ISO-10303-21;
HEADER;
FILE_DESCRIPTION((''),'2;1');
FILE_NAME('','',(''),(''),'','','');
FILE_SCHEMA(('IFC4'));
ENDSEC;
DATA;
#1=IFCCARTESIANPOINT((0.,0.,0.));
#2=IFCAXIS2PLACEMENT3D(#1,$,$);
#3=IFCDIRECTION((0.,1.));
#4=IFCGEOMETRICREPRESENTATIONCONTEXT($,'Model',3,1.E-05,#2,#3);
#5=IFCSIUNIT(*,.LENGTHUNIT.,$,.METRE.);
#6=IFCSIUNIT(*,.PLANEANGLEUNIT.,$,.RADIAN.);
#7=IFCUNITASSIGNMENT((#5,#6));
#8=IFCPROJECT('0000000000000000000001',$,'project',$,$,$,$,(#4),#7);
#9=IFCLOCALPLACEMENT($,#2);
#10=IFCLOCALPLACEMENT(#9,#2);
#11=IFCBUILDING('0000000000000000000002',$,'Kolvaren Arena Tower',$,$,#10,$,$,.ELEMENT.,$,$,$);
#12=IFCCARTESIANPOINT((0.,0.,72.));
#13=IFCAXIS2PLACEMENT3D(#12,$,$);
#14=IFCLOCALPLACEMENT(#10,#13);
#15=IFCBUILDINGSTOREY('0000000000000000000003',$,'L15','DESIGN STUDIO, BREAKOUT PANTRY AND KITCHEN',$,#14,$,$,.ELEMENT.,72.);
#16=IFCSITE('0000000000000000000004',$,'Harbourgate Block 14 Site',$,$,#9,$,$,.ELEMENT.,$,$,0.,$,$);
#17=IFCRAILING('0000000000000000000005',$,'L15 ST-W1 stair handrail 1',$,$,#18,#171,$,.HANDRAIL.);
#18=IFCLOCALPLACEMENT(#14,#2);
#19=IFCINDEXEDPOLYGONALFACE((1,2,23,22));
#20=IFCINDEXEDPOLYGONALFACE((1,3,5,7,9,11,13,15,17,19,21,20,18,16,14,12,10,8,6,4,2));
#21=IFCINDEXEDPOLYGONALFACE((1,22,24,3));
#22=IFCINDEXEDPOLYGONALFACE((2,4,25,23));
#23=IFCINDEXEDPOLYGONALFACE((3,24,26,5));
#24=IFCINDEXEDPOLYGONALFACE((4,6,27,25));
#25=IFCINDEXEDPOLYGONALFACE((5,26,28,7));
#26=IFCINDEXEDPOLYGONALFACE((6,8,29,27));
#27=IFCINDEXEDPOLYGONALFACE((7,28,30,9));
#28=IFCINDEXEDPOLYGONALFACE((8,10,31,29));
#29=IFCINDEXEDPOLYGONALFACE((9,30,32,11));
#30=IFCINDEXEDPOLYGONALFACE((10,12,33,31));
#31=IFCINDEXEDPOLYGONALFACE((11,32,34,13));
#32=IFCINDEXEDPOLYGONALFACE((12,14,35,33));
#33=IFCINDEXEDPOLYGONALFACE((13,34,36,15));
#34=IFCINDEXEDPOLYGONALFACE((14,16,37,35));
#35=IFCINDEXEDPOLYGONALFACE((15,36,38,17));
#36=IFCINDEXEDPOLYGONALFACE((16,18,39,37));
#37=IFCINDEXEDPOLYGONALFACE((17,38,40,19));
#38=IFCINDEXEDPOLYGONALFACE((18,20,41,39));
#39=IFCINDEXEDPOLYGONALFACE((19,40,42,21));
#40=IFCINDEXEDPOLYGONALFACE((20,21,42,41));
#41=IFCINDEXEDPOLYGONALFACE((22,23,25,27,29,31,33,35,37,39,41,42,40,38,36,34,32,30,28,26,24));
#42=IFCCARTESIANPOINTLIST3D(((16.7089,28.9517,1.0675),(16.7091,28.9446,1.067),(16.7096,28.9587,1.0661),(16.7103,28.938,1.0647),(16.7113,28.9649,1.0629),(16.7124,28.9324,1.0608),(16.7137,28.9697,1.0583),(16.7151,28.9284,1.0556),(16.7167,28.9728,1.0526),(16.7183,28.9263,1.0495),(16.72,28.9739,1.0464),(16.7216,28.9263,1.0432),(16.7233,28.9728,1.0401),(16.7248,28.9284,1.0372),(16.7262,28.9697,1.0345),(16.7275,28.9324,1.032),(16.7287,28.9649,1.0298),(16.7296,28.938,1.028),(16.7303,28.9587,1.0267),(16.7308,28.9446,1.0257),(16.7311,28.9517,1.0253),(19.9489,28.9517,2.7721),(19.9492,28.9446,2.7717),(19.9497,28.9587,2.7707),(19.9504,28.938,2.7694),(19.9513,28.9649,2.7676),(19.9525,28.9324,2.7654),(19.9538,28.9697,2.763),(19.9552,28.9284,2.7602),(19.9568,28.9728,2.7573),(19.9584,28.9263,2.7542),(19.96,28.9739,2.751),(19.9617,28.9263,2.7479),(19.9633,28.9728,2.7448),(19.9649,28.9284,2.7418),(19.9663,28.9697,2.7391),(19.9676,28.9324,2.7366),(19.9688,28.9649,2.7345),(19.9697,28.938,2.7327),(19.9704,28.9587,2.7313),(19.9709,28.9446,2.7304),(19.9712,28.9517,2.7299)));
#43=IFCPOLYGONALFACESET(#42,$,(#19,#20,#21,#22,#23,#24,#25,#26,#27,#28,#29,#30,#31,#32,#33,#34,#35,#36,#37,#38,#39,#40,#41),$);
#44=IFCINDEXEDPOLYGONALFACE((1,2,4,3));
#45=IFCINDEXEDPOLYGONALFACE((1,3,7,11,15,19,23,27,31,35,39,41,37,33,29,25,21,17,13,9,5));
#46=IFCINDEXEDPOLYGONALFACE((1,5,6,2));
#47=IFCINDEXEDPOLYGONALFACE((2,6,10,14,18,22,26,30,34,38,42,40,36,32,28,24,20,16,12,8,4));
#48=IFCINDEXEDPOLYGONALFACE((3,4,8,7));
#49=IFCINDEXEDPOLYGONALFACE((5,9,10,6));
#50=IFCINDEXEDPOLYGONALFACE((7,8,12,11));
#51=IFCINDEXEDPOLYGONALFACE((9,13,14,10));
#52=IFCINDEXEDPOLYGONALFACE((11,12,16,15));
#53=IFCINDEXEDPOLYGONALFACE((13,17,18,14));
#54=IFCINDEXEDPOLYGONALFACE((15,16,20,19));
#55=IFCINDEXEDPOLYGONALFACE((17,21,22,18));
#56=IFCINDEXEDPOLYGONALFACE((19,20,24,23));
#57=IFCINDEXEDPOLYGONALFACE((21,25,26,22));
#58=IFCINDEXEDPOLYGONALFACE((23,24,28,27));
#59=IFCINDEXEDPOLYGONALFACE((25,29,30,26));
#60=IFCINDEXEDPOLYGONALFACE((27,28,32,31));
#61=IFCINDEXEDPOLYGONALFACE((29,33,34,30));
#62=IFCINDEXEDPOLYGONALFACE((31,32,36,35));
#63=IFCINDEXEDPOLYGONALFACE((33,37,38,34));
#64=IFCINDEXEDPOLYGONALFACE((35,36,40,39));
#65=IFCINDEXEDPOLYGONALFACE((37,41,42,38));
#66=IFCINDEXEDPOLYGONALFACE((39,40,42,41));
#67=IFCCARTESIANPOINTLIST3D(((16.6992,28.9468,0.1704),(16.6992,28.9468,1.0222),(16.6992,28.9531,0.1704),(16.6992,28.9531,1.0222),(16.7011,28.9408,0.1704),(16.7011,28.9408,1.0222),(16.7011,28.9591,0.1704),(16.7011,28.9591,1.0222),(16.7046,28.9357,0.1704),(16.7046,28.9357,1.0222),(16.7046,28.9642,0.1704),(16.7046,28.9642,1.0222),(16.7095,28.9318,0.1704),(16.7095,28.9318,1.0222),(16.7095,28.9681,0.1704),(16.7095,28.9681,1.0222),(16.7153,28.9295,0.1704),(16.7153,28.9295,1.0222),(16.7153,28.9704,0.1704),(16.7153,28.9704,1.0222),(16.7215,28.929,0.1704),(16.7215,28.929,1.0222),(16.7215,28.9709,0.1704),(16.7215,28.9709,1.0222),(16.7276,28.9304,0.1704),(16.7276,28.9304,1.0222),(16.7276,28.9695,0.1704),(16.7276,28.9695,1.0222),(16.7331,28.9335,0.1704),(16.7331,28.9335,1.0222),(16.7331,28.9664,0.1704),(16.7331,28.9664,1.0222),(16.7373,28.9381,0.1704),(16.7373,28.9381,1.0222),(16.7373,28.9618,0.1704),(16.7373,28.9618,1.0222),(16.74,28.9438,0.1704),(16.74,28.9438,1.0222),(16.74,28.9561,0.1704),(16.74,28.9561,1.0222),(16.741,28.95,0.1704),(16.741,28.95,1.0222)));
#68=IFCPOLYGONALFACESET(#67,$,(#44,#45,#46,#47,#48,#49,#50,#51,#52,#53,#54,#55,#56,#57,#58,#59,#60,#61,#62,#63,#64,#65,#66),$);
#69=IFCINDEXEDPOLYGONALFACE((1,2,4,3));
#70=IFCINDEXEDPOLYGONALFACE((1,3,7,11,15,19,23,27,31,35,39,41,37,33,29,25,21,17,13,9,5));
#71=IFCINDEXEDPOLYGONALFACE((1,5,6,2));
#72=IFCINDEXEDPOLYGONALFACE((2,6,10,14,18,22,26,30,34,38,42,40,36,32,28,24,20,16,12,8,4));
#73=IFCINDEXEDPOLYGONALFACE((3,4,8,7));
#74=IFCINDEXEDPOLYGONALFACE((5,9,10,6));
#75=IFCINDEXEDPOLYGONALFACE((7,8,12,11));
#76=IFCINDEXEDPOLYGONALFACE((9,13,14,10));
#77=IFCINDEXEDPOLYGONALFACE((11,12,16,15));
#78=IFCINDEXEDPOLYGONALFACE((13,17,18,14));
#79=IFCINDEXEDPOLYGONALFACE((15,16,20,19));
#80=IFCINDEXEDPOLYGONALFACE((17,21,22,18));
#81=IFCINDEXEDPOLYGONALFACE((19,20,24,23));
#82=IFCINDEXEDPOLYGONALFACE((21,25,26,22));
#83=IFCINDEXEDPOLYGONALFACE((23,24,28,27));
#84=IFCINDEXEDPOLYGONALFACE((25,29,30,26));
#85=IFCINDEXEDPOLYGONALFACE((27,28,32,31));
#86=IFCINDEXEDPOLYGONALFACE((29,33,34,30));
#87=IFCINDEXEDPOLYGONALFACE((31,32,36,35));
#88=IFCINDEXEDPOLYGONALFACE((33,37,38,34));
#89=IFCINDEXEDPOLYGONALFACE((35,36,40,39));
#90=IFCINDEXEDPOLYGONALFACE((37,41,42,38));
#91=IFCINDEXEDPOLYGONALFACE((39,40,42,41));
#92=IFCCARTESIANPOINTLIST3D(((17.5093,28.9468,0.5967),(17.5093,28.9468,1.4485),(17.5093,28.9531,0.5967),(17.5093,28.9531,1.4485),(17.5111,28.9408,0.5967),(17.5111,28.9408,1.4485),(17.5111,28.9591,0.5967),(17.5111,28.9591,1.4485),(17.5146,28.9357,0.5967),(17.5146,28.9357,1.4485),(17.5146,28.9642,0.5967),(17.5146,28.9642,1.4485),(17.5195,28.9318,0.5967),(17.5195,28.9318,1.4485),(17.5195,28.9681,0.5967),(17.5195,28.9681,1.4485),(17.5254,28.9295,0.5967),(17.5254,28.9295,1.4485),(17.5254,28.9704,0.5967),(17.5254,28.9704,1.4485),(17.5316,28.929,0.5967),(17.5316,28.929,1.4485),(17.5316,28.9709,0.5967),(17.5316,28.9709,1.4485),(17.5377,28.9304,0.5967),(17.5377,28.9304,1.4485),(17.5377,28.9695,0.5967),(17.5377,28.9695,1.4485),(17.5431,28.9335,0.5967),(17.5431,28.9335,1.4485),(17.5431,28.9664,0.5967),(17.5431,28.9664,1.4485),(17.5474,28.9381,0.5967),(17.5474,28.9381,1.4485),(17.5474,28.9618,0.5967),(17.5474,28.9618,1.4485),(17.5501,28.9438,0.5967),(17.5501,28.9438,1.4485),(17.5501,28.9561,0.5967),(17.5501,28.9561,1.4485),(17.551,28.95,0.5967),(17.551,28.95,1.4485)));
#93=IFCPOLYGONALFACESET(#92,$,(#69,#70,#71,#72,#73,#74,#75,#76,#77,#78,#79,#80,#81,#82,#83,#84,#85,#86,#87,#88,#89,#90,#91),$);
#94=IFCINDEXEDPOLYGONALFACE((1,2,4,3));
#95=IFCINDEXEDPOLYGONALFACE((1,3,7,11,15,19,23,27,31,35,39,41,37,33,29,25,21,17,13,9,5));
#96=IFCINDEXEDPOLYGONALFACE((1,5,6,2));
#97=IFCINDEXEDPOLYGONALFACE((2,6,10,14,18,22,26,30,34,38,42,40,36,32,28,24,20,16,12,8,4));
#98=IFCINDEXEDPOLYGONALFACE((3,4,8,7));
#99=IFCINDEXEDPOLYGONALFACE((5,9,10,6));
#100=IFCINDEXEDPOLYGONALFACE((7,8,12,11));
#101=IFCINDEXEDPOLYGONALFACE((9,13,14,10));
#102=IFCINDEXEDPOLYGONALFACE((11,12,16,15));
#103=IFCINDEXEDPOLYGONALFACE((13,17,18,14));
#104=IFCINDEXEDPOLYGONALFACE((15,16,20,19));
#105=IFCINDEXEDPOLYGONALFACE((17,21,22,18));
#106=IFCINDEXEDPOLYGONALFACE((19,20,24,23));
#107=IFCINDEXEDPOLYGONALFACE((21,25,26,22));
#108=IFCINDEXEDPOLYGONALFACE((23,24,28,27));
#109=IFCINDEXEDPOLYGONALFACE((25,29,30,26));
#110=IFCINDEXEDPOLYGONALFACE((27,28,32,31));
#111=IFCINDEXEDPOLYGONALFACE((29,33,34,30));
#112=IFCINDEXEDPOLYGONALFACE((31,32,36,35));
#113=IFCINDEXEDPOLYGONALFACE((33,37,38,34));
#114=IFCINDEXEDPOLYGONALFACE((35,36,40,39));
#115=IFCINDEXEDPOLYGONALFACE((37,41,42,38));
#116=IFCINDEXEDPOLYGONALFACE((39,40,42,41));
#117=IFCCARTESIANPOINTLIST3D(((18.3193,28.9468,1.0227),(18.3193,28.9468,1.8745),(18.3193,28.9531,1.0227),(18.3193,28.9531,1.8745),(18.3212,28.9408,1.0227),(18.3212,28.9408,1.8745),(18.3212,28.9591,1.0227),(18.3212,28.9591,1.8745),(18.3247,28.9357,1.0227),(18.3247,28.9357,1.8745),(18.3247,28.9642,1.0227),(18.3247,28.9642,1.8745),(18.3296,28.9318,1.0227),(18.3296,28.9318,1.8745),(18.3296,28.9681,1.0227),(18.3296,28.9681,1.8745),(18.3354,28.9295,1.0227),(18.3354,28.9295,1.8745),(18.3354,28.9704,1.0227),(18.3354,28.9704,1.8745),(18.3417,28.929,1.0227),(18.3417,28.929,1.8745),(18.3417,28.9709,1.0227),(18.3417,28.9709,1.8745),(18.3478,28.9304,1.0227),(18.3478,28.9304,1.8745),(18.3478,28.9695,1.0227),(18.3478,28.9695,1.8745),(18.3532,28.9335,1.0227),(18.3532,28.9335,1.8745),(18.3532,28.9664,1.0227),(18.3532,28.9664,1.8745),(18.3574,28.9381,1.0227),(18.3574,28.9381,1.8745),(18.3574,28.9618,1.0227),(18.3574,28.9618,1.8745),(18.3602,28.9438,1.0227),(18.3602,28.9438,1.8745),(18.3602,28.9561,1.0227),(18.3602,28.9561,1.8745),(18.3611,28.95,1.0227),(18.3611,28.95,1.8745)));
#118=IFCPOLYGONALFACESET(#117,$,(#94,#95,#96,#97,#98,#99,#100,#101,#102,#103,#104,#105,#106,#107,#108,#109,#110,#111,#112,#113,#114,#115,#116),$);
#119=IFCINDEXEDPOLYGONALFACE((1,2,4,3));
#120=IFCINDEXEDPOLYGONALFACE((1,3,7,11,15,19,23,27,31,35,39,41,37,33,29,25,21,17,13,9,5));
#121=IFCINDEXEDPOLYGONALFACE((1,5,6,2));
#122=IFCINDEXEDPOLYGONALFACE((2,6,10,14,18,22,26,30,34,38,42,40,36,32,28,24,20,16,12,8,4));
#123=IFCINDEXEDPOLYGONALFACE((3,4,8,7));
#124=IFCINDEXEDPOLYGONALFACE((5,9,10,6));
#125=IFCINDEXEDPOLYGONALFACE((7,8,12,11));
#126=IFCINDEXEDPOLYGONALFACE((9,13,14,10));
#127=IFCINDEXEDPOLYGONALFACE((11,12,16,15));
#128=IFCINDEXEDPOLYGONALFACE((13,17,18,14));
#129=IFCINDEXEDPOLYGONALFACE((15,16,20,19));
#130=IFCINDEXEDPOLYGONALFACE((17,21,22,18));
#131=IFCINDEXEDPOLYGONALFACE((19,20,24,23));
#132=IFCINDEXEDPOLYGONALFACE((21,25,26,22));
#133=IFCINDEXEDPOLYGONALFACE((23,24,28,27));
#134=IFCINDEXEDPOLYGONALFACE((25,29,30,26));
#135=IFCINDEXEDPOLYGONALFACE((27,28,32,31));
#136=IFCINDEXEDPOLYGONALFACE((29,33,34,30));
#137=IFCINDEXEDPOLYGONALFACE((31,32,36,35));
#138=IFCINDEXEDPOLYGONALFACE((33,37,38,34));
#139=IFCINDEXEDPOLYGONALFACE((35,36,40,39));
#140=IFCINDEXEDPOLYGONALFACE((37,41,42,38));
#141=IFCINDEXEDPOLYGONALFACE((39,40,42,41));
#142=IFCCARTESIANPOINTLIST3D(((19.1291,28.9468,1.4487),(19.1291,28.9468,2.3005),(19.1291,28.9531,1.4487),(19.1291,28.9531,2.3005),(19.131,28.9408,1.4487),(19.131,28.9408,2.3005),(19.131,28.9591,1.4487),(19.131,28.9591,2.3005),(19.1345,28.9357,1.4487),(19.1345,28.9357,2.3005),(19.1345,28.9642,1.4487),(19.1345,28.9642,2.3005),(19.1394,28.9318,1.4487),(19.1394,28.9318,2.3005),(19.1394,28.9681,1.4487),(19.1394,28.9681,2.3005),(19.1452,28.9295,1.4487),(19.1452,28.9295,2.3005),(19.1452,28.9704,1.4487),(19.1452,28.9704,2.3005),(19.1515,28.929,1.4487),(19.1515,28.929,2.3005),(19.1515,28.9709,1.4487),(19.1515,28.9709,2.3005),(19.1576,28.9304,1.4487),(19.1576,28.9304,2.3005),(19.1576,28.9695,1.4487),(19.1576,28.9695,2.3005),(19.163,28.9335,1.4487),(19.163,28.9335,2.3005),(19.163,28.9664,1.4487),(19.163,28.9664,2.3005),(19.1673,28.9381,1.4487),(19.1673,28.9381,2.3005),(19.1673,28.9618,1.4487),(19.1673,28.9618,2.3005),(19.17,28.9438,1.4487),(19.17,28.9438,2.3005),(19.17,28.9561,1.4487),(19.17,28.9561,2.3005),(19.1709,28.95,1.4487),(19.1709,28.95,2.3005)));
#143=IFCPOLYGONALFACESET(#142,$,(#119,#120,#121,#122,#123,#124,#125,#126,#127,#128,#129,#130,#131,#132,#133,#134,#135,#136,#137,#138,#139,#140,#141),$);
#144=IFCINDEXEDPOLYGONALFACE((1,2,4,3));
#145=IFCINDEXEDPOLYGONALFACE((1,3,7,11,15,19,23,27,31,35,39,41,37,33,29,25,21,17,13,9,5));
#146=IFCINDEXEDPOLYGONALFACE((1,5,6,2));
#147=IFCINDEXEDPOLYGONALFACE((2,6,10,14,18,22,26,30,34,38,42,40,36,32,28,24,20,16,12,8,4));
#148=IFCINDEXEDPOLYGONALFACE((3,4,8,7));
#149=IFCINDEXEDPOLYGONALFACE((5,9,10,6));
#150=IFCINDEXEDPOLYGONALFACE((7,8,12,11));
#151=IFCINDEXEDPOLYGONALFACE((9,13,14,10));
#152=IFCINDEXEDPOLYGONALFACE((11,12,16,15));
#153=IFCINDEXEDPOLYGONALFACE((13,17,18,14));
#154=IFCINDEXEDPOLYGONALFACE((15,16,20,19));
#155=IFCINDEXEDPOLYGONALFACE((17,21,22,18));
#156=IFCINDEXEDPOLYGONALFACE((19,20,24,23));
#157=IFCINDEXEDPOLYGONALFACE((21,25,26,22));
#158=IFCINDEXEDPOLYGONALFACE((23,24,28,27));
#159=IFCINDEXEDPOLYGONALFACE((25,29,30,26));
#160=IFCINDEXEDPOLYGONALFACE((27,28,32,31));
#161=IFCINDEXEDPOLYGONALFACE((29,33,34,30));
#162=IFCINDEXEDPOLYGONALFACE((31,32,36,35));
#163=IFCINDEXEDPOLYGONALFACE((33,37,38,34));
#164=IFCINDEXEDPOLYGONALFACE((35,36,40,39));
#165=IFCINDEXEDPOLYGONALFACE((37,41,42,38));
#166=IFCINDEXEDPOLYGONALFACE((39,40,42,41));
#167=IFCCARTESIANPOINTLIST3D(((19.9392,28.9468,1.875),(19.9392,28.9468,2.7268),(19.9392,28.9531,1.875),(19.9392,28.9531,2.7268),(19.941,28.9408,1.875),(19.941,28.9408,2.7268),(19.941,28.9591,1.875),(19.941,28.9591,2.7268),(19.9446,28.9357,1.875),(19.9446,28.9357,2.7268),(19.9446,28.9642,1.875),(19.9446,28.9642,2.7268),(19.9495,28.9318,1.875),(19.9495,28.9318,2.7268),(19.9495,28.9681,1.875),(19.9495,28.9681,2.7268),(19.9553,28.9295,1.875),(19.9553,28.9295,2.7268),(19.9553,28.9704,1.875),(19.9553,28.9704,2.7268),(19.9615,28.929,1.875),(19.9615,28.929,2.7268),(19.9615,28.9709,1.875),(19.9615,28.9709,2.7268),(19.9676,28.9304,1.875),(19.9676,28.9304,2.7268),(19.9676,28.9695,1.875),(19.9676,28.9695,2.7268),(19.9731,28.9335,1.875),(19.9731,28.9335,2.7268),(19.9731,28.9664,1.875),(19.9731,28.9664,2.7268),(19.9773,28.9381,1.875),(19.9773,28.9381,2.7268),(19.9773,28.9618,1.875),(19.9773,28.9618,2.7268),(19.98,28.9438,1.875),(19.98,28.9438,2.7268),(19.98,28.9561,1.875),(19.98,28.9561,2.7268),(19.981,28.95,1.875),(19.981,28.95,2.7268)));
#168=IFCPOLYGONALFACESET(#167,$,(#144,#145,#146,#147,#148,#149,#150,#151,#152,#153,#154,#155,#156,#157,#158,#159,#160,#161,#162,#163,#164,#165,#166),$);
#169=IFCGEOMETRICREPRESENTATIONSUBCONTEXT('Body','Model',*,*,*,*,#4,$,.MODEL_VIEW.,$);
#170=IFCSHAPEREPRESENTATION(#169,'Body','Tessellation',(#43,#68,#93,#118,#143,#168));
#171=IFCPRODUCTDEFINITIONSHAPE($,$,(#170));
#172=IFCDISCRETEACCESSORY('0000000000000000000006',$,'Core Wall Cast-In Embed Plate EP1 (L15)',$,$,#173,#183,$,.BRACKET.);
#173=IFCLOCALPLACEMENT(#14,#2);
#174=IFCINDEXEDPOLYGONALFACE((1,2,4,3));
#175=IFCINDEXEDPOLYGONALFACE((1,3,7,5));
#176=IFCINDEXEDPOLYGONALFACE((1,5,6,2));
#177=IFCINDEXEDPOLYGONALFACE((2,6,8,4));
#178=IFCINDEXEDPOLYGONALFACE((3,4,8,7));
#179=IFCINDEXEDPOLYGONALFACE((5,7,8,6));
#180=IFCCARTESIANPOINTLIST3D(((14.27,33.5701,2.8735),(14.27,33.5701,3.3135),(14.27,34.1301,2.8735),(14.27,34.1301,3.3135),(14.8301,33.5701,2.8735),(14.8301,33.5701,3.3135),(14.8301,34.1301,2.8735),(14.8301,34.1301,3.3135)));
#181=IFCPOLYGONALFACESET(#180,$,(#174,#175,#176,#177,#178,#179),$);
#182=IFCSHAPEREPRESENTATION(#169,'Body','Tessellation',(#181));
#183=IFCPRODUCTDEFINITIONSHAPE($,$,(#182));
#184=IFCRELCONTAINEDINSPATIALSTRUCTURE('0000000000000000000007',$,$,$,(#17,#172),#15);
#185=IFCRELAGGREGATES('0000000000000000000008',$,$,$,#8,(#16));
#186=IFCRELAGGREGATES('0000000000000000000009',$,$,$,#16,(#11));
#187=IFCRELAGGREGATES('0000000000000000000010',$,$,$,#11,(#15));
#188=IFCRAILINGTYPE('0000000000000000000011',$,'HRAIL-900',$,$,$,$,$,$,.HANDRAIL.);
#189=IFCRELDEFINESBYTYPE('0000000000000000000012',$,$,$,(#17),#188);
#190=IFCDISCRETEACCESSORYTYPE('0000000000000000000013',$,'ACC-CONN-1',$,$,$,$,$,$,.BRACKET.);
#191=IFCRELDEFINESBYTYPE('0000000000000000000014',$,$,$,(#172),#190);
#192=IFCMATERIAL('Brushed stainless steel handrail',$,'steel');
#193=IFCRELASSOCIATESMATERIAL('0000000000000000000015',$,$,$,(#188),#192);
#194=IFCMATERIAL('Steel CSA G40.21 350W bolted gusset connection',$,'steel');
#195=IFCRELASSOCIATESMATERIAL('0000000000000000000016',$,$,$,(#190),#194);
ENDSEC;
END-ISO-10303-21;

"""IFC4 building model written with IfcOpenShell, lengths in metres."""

from ifc_helpers import new_model, si_unit, direction, frame, origin, origin_2d, place, context, subcontext, project, spatial, rectangle, circle, extrude, material, type_object, element, save


model = new_model("IFC4")

# Units and contexts
model_context = context("Model", 3, precision=1e-05, world=origin(), true_north=direction((0.0, 1.0)))
body_context = subcontext(model_context, "Body", "Model", "MODEL_VIEW")
ifc_project = project(units=[si_unit("LENGTHUNIT", "METRE"), si_unit("PLANEANGLEUNIT", "RADIAN")], contexts=[model_context])

# Site, building, storey
site_placement = place(None, origin())
site = spatial("IfcSite", under=ifc_project, at=site_placement, Name="Harbourgate Block 14 Site", CompositionType="ELEMENT", RefElevation=0.0)
building_placement = place(site_placement, origin())
building = spatial("IfcBuilding", under=site, at=building_placement, Name="Kolvaren Arena Tower", CompositionType="ELEMENT")
storey_placement = place(building_placement, frame((0.0, 0.0, 72.0)))
storey = spatial("IfcBuildingStorey", under=building, at=storey_placement, Name="L15", Description="DESIGN STUDIO, BREAKOUT PANTRY AND KITCHEN", CompositionType="ELEMENT", Elevation=72.0)

# Railing
ifc_material_1 = material(Name="Brushed stainless steel handrail", Category="steel")
railing_type_1 = type_object("IfcRailingType", Name="HRAIL-900", PredefinedType="HANDRAIL", material=ifc_material_1)
railing_1_placement = place(storey_placement, frame((16.72, 28.95, 0.1704)))
element("IfcRailing", 1, at=railing_1_placement, inside=storey, type_object=railing_type_1, Name="L15 ST-W1 stair handrail 1", PredefinedType="HANDRAIL", context=body_context, shape_type="SweptSolid", body=[
    extrude(circle(Radius=0.0239, at=origin_2d()), frame((0.0, 0.0, 0.876), z_axis=(0.884993, 0.0, 0.465604), x_axis=(0.0, 1.0, 0.0)), (0.0, 0.0, 1.0), 3.6611),
    extrude(circle(Radius=0.021, at=origin_2d()), origin(), (0.0, 0.0, 1.0), 0.8518),
    extrude(circle(Radius=0.021, at=origin_2d()), frame((0.8101, 0.0, 0.4263)), (0.0, 0.0, 1.0), 0.8518),
    extrude(circle(Radius=0.021, at=origin_2d()), frame((1.6201, 0.0, 0.8523)), (0.0, 0.0, 1.0), 0.8518),
    extrude(circle(Radius=0.021, at=origin_2d()), frame((2.4299, 0.0, 1.2783)), (0.0, 0.0, 1.0), 0.8518),
    extrude(circle(Radius=0.021, at=origin_2d()), frame((3.24, 0.0, 1.7046)), (0.0, 0.0, 1.0), 0.8518),
])

# Discrete accessory
ifc_material_2 = material(Name="Steel CSA G40.21 350W bolted gusset connection", Category="steel")
discrete_accessory_type = type_object("IfcDiscreteAccessoryType", Name="ACC-CONN-1", PredefinedType="BRACKET", material=ifc_material_2)
discrete_accessory_placement = place(storey_placement, frame((14.55, 33.8501, 2.8735), z_axis=(0.0, 0.0, 1.0), x_axis=(1.0, 0.0, 0.0)))
element("IfcDiscreteAccessory", 2, at=discrete_accessory_placement, inside=storey, type_object=discrete_accessory_type, Name="Core Wall Cast-In Embed Plate EP1 (L15)", PredefinedType="BRACKET", context=body_context, shape_type="SweptSolid", body=[
    extrude(rectangle(XDim=0.5601, YDim=0.5601, at=origin_2d()), origin(), (0.0, 0.0, 1.0), 0.4399),
])

save(model, "model.ifc")
